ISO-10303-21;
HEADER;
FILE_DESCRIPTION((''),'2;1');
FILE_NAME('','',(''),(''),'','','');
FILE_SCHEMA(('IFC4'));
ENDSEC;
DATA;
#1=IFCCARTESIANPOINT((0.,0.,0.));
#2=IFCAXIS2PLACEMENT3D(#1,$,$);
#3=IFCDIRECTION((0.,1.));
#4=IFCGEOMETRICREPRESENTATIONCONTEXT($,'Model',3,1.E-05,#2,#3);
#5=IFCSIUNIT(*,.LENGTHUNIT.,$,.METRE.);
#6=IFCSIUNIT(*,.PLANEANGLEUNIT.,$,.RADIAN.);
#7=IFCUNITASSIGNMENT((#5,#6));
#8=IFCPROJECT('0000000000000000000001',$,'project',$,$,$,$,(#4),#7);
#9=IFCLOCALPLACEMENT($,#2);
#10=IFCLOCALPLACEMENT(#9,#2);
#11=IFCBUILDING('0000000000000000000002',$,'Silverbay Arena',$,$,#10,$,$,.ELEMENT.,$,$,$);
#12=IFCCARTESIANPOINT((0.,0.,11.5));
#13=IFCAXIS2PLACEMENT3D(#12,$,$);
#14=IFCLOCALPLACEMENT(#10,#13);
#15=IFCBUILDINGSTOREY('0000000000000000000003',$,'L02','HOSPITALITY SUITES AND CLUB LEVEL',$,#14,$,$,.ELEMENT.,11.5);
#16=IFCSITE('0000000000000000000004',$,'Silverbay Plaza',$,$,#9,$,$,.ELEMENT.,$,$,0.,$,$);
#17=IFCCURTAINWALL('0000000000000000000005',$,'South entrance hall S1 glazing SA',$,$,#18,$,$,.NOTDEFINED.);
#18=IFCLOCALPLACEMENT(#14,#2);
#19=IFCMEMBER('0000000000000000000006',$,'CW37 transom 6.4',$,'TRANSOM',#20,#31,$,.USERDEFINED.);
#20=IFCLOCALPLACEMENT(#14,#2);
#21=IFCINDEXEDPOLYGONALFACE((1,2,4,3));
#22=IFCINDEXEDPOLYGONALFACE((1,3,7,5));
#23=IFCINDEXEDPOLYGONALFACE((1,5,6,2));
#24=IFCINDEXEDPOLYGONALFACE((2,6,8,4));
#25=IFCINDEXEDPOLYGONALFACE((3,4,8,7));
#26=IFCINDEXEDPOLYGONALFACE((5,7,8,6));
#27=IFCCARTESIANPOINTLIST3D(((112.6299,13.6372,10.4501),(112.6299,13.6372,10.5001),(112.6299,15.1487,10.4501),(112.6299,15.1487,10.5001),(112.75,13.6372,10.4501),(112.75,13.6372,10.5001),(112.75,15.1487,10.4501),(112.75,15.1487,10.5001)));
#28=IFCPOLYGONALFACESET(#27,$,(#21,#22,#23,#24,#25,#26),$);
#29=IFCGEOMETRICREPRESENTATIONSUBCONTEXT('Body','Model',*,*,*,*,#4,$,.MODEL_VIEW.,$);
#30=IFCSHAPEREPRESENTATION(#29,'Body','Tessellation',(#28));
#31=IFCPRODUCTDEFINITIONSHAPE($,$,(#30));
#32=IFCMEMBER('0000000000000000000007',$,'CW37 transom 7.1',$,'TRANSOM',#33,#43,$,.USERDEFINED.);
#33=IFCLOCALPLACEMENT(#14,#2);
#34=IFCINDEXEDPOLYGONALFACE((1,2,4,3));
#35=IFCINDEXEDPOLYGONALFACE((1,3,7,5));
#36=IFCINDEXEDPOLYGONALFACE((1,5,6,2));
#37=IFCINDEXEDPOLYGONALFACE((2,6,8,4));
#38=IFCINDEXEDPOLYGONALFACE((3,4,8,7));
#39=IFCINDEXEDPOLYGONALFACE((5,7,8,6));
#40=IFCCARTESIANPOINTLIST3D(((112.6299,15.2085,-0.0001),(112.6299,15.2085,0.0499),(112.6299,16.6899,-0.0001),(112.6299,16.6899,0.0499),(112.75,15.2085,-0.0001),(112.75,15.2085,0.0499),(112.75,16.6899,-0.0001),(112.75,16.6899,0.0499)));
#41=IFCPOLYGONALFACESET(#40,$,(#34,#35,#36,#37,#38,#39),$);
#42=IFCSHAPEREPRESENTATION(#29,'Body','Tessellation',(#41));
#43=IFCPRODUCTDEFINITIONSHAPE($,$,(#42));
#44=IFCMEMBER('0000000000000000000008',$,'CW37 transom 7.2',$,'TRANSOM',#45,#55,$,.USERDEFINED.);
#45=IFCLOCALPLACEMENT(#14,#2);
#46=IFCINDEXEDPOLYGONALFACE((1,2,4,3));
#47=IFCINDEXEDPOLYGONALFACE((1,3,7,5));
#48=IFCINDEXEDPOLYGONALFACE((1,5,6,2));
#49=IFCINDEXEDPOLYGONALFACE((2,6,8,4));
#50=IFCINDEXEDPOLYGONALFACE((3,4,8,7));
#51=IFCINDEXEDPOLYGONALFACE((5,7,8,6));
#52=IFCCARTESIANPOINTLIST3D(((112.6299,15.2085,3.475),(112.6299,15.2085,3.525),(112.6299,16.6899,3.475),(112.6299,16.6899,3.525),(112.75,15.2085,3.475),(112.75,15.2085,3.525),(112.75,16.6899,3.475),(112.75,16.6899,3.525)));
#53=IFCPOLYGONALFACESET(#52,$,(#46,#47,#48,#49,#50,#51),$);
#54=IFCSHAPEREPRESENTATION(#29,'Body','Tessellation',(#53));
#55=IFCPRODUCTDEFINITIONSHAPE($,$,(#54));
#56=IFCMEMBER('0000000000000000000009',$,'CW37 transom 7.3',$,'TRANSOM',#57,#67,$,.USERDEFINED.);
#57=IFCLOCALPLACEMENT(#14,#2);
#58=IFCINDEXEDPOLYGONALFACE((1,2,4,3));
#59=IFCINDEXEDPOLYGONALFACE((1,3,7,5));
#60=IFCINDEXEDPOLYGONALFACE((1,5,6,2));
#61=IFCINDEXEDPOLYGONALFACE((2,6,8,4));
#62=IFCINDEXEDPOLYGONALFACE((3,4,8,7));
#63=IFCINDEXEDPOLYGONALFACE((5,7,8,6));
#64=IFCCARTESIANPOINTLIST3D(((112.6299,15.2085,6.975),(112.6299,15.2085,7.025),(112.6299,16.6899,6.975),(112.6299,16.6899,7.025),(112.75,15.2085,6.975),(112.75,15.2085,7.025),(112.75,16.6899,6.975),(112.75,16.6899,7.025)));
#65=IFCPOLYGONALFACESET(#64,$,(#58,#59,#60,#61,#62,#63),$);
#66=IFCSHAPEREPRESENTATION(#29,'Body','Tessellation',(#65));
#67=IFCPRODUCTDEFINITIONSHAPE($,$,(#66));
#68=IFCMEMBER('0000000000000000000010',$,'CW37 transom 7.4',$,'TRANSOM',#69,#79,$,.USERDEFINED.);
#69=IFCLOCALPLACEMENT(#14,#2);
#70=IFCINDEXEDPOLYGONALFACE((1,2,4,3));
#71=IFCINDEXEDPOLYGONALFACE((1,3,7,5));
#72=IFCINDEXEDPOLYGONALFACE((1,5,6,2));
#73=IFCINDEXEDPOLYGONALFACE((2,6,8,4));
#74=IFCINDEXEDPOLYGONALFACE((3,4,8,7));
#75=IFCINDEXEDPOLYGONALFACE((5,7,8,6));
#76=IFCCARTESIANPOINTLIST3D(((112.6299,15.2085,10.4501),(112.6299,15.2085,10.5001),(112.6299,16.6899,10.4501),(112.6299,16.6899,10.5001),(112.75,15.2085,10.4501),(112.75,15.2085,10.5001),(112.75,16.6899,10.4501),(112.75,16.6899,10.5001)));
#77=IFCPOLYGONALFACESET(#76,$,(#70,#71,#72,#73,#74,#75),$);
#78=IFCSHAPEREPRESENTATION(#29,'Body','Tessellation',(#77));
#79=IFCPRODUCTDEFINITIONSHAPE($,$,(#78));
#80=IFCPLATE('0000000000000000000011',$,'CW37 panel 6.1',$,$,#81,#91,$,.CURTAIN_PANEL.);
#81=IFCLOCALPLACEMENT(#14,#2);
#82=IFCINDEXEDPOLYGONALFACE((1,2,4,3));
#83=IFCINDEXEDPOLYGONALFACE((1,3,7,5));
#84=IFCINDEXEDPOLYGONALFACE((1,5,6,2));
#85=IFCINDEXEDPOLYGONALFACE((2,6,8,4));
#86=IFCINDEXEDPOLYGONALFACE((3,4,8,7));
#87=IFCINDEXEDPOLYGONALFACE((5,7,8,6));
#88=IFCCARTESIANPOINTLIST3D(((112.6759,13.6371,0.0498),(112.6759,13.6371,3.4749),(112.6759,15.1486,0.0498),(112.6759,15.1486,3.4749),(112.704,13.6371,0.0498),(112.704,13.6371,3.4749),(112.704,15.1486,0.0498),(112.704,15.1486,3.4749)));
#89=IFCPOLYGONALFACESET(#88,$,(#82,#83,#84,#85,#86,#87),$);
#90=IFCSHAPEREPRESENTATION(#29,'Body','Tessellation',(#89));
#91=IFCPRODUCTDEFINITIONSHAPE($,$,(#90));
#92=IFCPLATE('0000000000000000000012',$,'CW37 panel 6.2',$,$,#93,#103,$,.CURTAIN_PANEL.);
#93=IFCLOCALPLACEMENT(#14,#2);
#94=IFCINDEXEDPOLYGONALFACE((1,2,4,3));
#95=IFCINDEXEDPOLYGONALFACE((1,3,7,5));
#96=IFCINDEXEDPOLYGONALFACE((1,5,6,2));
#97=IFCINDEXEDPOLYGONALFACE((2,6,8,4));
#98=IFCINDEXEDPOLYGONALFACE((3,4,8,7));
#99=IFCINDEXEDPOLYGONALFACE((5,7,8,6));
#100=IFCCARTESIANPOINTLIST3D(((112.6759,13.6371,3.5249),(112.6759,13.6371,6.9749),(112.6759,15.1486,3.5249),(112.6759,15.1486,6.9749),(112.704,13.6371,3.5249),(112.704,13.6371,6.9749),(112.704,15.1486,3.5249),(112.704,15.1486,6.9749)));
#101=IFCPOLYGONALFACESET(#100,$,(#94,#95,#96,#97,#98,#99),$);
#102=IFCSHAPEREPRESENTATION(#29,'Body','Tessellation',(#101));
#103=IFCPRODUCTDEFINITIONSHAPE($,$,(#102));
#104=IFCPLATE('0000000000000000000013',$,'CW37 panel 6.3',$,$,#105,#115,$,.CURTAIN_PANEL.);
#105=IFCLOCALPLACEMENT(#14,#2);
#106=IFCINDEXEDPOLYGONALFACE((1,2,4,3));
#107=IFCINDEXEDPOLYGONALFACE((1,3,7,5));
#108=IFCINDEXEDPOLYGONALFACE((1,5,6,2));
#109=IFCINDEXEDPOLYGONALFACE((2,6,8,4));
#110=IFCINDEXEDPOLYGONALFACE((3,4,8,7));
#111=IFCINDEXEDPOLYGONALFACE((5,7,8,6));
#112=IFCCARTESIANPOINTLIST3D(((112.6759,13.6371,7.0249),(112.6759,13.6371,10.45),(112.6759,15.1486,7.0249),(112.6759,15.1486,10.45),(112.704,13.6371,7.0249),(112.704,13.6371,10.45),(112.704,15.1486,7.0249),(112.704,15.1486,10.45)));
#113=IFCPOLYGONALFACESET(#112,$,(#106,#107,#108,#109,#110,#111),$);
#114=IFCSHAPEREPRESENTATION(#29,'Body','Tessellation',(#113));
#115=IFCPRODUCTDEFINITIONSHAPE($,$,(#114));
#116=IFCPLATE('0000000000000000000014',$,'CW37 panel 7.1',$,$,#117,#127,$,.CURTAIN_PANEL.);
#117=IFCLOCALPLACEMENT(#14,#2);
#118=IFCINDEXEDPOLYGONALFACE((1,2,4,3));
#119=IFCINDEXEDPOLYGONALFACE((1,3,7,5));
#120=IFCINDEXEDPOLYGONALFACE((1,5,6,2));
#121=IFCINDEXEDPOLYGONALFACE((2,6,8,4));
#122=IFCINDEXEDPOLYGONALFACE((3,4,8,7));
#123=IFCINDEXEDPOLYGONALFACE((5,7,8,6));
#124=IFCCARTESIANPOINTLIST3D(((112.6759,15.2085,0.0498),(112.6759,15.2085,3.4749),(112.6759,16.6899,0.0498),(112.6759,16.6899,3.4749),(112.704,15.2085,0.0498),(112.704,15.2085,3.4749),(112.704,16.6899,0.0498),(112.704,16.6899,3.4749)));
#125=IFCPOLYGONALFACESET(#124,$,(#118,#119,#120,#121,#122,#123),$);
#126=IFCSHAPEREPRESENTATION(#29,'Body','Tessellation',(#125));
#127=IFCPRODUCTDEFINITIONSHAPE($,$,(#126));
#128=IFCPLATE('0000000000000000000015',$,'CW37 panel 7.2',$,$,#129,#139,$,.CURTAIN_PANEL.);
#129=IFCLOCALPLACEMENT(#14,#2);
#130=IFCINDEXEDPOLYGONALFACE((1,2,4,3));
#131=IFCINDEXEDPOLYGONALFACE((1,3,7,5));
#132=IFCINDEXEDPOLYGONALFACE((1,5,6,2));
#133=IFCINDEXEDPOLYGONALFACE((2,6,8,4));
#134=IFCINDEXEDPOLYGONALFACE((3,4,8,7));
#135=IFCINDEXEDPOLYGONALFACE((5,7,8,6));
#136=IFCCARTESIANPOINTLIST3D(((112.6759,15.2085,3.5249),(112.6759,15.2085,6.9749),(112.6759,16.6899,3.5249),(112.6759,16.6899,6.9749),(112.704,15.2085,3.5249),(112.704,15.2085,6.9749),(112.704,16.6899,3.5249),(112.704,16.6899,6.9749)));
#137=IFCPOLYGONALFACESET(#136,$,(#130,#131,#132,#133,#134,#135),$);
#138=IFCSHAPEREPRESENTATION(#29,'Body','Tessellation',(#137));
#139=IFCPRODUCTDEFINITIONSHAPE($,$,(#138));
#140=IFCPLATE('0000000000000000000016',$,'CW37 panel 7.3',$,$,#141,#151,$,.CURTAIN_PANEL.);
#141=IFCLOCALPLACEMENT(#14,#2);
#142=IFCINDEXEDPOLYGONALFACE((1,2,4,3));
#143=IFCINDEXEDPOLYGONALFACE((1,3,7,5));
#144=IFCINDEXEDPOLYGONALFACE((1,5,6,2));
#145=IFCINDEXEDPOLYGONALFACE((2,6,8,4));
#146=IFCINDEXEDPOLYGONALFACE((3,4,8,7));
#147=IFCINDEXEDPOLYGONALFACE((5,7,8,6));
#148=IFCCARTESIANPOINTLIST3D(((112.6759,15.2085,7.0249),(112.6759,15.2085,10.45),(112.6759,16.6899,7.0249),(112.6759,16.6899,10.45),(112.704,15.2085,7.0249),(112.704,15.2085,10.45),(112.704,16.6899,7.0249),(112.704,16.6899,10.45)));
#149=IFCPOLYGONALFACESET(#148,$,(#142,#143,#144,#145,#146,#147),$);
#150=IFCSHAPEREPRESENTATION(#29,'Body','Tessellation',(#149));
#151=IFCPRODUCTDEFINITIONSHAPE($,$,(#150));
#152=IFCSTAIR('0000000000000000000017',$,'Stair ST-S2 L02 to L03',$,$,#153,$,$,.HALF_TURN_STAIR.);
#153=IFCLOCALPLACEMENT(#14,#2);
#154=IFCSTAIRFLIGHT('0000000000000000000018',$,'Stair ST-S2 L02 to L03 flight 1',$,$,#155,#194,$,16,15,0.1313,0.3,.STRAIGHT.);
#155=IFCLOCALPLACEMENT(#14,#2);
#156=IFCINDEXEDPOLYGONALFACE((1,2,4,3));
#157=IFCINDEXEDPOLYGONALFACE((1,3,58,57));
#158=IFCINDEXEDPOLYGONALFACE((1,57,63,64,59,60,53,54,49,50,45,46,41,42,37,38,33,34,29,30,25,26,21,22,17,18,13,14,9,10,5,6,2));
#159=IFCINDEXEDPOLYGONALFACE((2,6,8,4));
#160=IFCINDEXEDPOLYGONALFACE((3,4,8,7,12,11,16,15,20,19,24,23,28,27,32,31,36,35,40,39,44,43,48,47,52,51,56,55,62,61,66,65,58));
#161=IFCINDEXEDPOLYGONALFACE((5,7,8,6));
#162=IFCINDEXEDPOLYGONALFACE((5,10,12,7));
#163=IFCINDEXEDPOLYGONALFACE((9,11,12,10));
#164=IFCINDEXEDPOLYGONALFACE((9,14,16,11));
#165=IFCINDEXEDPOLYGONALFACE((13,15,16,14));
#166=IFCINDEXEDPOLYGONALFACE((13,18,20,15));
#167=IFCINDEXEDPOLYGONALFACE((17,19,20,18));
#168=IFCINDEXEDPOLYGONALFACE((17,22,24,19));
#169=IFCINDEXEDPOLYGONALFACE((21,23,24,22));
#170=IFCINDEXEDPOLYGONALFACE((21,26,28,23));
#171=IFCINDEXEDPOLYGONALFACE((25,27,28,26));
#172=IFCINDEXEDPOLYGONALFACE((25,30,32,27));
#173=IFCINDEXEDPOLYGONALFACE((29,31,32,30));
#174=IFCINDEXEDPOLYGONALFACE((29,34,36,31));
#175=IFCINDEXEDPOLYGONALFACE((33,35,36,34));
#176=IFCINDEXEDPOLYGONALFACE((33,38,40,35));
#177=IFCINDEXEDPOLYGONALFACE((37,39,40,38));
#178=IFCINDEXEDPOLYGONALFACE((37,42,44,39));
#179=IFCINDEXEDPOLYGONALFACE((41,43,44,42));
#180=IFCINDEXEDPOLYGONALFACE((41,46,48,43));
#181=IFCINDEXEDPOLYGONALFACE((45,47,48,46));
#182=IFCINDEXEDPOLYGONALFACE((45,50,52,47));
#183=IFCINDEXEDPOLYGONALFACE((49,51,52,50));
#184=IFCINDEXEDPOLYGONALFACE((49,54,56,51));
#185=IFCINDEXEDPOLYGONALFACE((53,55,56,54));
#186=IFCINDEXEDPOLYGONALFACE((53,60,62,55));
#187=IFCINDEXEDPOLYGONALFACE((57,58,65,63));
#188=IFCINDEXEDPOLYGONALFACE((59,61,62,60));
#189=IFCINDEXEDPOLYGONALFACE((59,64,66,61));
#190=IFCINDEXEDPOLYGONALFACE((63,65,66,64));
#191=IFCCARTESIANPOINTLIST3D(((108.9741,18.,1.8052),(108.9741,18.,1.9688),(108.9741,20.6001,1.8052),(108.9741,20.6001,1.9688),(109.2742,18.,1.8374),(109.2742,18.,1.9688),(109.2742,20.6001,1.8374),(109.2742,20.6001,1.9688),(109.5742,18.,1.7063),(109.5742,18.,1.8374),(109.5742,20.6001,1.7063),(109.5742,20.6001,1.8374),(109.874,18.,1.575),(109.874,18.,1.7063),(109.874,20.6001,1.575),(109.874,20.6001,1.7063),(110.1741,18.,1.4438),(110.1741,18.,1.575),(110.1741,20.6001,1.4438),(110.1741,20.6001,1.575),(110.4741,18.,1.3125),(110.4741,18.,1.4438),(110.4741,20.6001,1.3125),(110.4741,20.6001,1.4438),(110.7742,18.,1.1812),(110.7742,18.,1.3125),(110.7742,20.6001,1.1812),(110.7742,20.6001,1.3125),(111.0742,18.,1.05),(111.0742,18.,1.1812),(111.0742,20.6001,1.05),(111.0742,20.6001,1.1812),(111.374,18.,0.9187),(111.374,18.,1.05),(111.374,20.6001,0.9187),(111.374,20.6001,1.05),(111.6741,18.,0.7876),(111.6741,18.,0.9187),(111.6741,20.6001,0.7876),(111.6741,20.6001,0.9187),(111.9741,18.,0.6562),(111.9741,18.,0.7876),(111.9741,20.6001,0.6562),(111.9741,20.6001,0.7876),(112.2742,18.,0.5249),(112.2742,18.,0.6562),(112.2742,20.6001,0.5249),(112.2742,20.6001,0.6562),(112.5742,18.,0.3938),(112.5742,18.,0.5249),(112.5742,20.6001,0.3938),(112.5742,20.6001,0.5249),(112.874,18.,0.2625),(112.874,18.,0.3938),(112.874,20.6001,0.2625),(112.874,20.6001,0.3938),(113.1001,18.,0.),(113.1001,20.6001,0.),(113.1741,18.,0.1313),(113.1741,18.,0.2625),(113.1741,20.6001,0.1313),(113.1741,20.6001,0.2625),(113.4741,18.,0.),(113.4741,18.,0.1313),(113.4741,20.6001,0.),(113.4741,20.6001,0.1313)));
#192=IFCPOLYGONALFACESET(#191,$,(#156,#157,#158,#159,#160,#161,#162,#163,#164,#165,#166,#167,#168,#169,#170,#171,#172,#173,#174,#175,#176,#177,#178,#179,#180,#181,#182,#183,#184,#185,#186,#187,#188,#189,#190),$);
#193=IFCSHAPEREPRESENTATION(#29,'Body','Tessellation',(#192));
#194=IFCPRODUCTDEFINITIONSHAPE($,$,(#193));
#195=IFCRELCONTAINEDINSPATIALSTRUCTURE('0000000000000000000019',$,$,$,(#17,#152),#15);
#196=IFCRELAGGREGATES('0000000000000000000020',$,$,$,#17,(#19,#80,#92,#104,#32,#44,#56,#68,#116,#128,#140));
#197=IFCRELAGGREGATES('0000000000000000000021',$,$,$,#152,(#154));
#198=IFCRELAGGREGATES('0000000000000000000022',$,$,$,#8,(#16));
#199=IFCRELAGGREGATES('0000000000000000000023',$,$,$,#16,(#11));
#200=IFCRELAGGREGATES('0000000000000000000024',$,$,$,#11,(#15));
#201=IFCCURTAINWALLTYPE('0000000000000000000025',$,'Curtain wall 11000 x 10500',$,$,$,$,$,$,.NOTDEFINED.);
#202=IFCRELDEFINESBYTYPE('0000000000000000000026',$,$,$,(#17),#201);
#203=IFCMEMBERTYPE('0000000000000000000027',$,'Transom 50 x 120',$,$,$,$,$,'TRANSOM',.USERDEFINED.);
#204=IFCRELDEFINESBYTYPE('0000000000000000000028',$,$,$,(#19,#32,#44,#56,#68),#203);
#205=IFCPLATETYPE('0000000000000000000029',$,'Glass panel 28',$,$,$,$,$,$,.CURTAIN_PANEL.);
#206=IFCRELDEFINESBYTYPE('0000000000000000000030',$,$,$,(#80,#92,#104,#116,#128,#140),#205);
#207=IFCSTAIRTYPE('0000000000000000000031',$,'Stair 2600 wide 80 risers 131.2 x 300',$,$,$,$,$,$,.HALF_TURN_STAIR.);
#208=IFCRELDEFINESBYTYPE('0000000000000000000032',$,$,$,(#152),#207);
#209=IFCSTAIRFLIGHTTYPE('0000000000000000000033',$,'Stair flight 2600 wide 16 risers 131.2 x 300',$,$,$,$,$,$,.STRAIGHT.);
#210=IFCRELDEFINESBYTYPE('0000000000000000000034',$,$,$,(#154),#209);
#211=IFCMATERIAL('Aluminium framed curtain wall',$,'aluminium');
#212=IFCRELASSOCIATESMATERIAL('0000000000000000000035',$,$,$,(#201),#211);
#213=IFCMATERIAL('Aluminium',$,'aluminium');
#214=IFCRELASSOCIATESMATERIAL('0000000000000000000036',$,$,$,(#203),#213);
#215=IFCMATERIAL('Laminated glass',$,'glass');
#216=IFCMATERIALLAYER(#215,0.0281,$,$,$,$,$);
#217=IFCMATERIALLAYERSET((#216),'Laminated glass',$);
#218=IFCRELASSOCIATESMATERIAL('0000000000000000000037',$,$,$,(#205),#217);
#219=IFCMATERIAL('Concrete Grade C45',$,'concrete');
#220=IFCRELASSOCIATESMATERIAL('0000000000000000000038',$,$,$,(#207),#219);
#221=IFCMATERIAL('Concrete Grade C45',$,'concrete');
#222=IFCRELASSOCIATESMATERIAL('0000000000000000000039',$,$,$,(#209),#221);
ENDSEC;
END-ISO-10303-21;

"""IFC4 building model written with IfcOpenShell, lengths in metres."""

from ifc_helpers import new_model, si_unit, direction, frame, origin, origin_2d, place, context, subcontext, project, spatial, polyline, rectangle, outline, extrude, material, layer, layer_set, material_profile, profile_set, type_object, element, aggregate, save


model = new_model("IFC4")

# Units and contexts
model_context = context("Model", 3, precision=1e-05, world=origin(), true_north=direction((0.0, 1.0)))
body_context = subcontext(model_context, "Body", "Model", "MODEL_VIEW")
ifc_project = project(units=[si_unit("LENGTHUNIT", "METRE"), si_unit("PLANEANGLEUNIT", "RADIAN")], contexts=[model_context])

# Site, building, storey
site_placement = place(None, origin())
site = spatial("IfcSite", under=ifc_project, at=site_placement, Name="Silverbay Plaza", CompositionType="ELEMENT", RefElevation=0.0)
building_placement = place(site_placement, origin())
building = spatial("IfcBuilding", under=site, at=building_placement, Name="Silverbay Arena", CompositionType="ELEMENT")
storey_placement = place(building_placement, frame((0.0, 0.0, 11.5)))
storey = spatial("IfcBuildingStorey", under=building, at=storey_placement, Name="L02", Description="HOSPITALITY SUITES AND CLUB LEVEL", CompositionType="ELEMENT", Elevation=11.5)

# Curtain wall
ifc_material_1 = material(Name="Aluminium framed curtain wall", Category="aluminium")
curtain_wall_type_1 = type_object("IfcCurtainWallType", Name="Curtain wall 11000 x 10500", PredefinedType="NOTDEFINED", material=ifc_material_1)
curtain_wall_1_placement = place(storey_placement, origin())
curtain_wall_1 = element("IfcCurtainWall", 1, at=curtain_wall_1_placement, inside=storey, type_object=curtain_wall_type_1, Name="South entrance hall S1 glazing SA", PredefinedType="NOTDEFINED")
ifc_material_2 = material(Name="Aluminium", Category="aluminium")
ifc_material_profile_1 = material_profile(ifc_material_2, rectangle(XDim=0.1201, YDim=0.05, at=origin_2d()), Name="Transom 50 x 120")
ifc_profile_set_1 = profile_set([ifc_material_profile_1], Name="Aluminium")
member_type_1 = type_object("IfcMemberType", Name="Transom 50 x 120", ElementType="TRANSOM", PredefinedType="USERDEFINED", material=ifc_profile_set_1)

# Members
member_1_placement = place(storey_placement, frame((112.6899, 13.6372, 10.4751), z_axis=(0.0, 1.0, 0.0), x_axis=(-1.0, 0.0, 0.0)))
member_1 = element("IfcMember", 2, at=member_1_placement, type_object=member_type_1, Name="CW37 transom 6.4", ObjectType="TRANSOM", PredefinedType="USERDEFINED", context=body_context, shape_type="SweptSolid", body=[
    extrude(rectangle(XDim=0.1201, YDim=0.05, at=origin_2d()), origin(), (0.0, 0.0, 1.0), 1.5115),
])
member_2_placement = place(storey_placement, frame((112.6899, 15.2085, 0.0249), z_axis=(0.0, 1.0, 0.0), x_axis=(-1.0, 0.0, 0.0)))
member_2 = element("IfcMember", 3, at=member_2_placement, type_object=member_type_1, Name="CW37 transom 7.1", ObjectType="TRANSOM", PredefinedType="USERDEFINED", context=body_context, shape_type="SweptSolid", body=[
    extrude(rectangle(XDim=0.1201, YDim=0.05, at=origin_2d()), origin(), (0.0, 0.0, 1.0), 1.4814),
])
member_3_placement = place(storey_placement, frame((112.6899, 15.2085, 3.5), z_axis=(0.0, 1.0, 0.0), x_axis=(-1.0, 0.0, 0.0)))
member_3 = element("IfcMember", 4, at=member_3_placement, type_object=member_type_1, Name="CW37 transom 7.2", ObjectType="TRANSOM", PredefinedType="USERDEFINED", context=body_context, shape_type="SweptSolid", body=[
    extrude(rectangle(XDim=0.1201, YDim=0.05, at=origin_2d()), origin(), (0.0, 0.0, 1.0), 1.4814),
])
member_4_placement = place(storey_placement, frame((112.6899, 15.2085, 7.0), z_axis=(0.0, 1.0, 0.0), x_axis=(-1.0, 0.0, 0.0)))
member_4 = element("IfcMember", 5, at=member_4_placement, type_object=member_type_1, Name="CW37 transom 7.3", ObjectType="TRANSOM", PredefinedType="USERDEFINED", context=body_context, shape_type="SweptSolid", body=[
    extrude(rectangle(XDim=0.1201, YDim=0.05, at=origin_2d()), origin(), (0.0, 0.0, 1.0), 1.4814),
])
member_5_placement = place(storey_placement, frame((112.6899, 15.2085, 10.4751), z_axis=(0.0, 1.0, 0.0), x_axis=(-1.0, 0.0, 0.0)))
member_5 = element("IfcMember", 6, at=member_5_placement, type_object=member_type_1, Name="CW37 transom 7.4", ObjectType="TRANSOM", PredefinedType="USERDEFINED", context=body_context, shape_type="SweptSolid", body=[
    extrude(rectangle(XDim=0.1201, YDim=0.05, at=origin_2d()), origin(), (0.0, 0.0, 1.0), 1.4814),
])

# Plates
ifc_material_3 = material(Name="Laminated glass", Category="glass")
ifc_layer = layer(ifc_material_3, 0.0281)
ifc_layer_set = layer_set([ifc_layer], Name="Laminated glass")
plate_type = type_object("IfcPlateType", Name="Glass panel 28", PredefinedType="CURTAIN_PANEL", material=ifc_layer_set)
plate_1_placement = place(storey_placement, frame((112.6899, 14.3928, 0.0498), z_axis=(0.0, 0.0, 1.0), x_axis=(0.0, 1.0, 0.0)))
plate_1 = element("IfcPlate", 7, at=plate_1_placement, type_object=plate_type, Name="CW37 panel 6.1", PredefinedType="CURTAIN_PANEL", context=body_context, shape_type="SweptSolid", body=[
    extrude(rectangle(XDim=1.5115, YDim=0.0281, at=origin_2d()), origin(), (0.0, 0.0, 1.0), 3.425),
])
plate_2_placement = place(storey_placement, frame((112.6899, 14.3928, 3.5249), z_axis=(0.0, 0.0, 1.0), x_axis=(0.0, 1.0, 0.0)))
plate_2 = element("IfcPlate", 8, at=plate_2_placement, type_object=plate_type, Name="CW37 panel 6.2", PredefinedType="CURTAIN_PANEL", context=body_context, shape_type="SweptSolid", body=[
    extrude(rectangle(XDim=1.5115, YDim=0.0281, at=origin_2d()), origin(), (0.0, 0.0, 1.0), 3.45),
])
plate_3_placement = place(storey_placement, frame((112.6899, 14.3928, 7.0249), z_axis=(0.0, 0.0, 1.0), x_axis=(0.0, 1.0, 0.0)))
plate_3 = element("IfcPlate", 9, at=plate_3_placement, type_object=plate_type, Name="CW37 panel 6.3", PredefinedType="CURTAIN_PANEL", context=body_context, shape_type="SweptSolid", body=[
    extrude(rectangle(XDim=1.5115, YDim=0.0281, at=origin_2d()), origin(), (0.0, 0.0, 1.0), 3.425),
])
plate_4_placement = place(storey_placement, frame((112.6899, 15.9492, 0.0498), z_axis=(0.0, 0.0, 1.0), x_axis=(0.0, 1.0, 0.0)))
plate_4 = element("IfcPlate", 10, at=plate_4_placement, type_object=plate_type, Name="CW37 panel 7.1", PredefinedType="CURTAIN_PANEL", context=body_context, shape_type="SweptSolid", body=[
    extrude(rectangle(XDim=1.4814, YDim=0.0281, at=origin_2d()), origin(), (0.0, 0.0, 1.0), 3.425),
])
plate_5_placement = place(storey_placement, frame((112.6899, 15.9492, 3.5249), z_axis=(0.0, 0.0, 1.0), x_axis=(0.0, 1.0, 0.0)))
plate_5 = element("IfcPlate", 11, at=plate_5_placement, type_object=plate_type, Name="CW37 panel 7.2", PredefinedType="CURTAIN_PANEL", context=body_context, shape_type="SweptSolid", body=[
    extrude(rectangle(XDim=1.4814, YDim=0.0281, at=origin_2d()), origin(), (0.0, 0.0, 1.0), 3.45),
])
plate_6_placement = place(storey_placement, frame((112.6899, 15.9492, 7.0249), z_axis=(0.0, 0.0, 1.0), x_axis=(0.0, 1.0, 0.0)))
plate_6 = element("IfcPlate", 12, at=plate_6_placement, type_object=plate_type, Name="CW37 panel 7.3", PredefinedType="CURTAIN_PANEL", context=body_context, shape_type="SweptSolid", body=[
    extrude(rectangle(XDim=1.4814, YDim=0.0281, at=origin_2d()), origin(), (0.0, 0.0, 1.0), 3.425),
])
aggregate(curtain_wall_1, [member_1, plate_1, plate_2, plate_3, member_2, member_3, member_4, member_5, plate_4, plate_5, plate_6])

# Stair, stair flight
ifc_material_4 = material(Name="Concrete Grade C45", Category="concrete")
stair_type = type_object("IfcStairType", Name="Stair 2600 wide 80 risers 131.2 x 300", PredefinedType="HALF_TURN_STAIR", material=ifc_material_4)
stair_placement = place(storey_placement, origin())
stair = element("IfcStair", 13, at=stair_placement, inside=storey, type_object=stair_type, Name="Stair ST-S2 L02 to L03", PredefinedType="HALF_TURN_STAIR")
ifc_material_5 = material(Name="Concrete Grade C45", Category="concrete")
stair_flight_type = type_object("IfcStairFlightType", Name="Stair flight 2600 wide 16 risers 131.2 x 300", PredefinedType="STRAIGHT", material=ifc_material_5)
stair_flight_1_placement = place(storey_placement, frame((113.4741, 19.3, 0.0), z_axis=(0.0, 0.0, 1.0), x_axis=(-1.0, 0.0, 0.0)))
stair_flight_1 = element("IfcStairFlight", 14, at=stair_flight_1_placement, type_object=stair_flight_type, Name="Stair ST-S2 L02 to L03 flight 1", NumberOfRisers=16, NumberOfTreads=15, PredefinedType="STRAIGHT", RiserHeight=0.1313, TreadLength=0.3, context=body_context, shape_type="SweptSolid", body=[
    extrude(outline(polyline([(0.0, 0.0), (0.0, 0.1313), (0.3, 0.1313), (0.3, 0.2625), (0.6001, 0.2625), (0.6001, 0.3938), (0.8999, 0.3938), (0.8999, 0.5249), (1.2, 0.5249), (1.2, 0.6562), (1.5, 0.6562), (1.5, 0.7876), (1.8, 0.7876), (1.8, 0.9187), (2.1001, 0.9187), (2.1001, 1.05), (2.3999, 1.05), (2.3999, 1.1812), (2.7, 1.1812), (2.7, 1.3125), (3.0, 1.3125), (3.0, 1.4438), (3.3, 1.4438), (3.3, 1.575), (3.6001, 1.575), (3.6001, 1.7063), (3.8999, 1.7063), (3.8999, 1.8374), (4.2, 1.8374), (4.2, 1.9688), (4.5, 1.9688), (4.5, 1.8052), (0.374, 0.0), (0.0, 0.0)])), frame((0.0, 1.3, 0.0), z_axis=(0.0, -1.0, 0.0), x_axis=(1.0, 0.0, 0.0)), (0.0, 0.0, 1.0), 2.6001),
])
aggregate(stair, [stair_flight_1])

save(model, "model.ifc")
